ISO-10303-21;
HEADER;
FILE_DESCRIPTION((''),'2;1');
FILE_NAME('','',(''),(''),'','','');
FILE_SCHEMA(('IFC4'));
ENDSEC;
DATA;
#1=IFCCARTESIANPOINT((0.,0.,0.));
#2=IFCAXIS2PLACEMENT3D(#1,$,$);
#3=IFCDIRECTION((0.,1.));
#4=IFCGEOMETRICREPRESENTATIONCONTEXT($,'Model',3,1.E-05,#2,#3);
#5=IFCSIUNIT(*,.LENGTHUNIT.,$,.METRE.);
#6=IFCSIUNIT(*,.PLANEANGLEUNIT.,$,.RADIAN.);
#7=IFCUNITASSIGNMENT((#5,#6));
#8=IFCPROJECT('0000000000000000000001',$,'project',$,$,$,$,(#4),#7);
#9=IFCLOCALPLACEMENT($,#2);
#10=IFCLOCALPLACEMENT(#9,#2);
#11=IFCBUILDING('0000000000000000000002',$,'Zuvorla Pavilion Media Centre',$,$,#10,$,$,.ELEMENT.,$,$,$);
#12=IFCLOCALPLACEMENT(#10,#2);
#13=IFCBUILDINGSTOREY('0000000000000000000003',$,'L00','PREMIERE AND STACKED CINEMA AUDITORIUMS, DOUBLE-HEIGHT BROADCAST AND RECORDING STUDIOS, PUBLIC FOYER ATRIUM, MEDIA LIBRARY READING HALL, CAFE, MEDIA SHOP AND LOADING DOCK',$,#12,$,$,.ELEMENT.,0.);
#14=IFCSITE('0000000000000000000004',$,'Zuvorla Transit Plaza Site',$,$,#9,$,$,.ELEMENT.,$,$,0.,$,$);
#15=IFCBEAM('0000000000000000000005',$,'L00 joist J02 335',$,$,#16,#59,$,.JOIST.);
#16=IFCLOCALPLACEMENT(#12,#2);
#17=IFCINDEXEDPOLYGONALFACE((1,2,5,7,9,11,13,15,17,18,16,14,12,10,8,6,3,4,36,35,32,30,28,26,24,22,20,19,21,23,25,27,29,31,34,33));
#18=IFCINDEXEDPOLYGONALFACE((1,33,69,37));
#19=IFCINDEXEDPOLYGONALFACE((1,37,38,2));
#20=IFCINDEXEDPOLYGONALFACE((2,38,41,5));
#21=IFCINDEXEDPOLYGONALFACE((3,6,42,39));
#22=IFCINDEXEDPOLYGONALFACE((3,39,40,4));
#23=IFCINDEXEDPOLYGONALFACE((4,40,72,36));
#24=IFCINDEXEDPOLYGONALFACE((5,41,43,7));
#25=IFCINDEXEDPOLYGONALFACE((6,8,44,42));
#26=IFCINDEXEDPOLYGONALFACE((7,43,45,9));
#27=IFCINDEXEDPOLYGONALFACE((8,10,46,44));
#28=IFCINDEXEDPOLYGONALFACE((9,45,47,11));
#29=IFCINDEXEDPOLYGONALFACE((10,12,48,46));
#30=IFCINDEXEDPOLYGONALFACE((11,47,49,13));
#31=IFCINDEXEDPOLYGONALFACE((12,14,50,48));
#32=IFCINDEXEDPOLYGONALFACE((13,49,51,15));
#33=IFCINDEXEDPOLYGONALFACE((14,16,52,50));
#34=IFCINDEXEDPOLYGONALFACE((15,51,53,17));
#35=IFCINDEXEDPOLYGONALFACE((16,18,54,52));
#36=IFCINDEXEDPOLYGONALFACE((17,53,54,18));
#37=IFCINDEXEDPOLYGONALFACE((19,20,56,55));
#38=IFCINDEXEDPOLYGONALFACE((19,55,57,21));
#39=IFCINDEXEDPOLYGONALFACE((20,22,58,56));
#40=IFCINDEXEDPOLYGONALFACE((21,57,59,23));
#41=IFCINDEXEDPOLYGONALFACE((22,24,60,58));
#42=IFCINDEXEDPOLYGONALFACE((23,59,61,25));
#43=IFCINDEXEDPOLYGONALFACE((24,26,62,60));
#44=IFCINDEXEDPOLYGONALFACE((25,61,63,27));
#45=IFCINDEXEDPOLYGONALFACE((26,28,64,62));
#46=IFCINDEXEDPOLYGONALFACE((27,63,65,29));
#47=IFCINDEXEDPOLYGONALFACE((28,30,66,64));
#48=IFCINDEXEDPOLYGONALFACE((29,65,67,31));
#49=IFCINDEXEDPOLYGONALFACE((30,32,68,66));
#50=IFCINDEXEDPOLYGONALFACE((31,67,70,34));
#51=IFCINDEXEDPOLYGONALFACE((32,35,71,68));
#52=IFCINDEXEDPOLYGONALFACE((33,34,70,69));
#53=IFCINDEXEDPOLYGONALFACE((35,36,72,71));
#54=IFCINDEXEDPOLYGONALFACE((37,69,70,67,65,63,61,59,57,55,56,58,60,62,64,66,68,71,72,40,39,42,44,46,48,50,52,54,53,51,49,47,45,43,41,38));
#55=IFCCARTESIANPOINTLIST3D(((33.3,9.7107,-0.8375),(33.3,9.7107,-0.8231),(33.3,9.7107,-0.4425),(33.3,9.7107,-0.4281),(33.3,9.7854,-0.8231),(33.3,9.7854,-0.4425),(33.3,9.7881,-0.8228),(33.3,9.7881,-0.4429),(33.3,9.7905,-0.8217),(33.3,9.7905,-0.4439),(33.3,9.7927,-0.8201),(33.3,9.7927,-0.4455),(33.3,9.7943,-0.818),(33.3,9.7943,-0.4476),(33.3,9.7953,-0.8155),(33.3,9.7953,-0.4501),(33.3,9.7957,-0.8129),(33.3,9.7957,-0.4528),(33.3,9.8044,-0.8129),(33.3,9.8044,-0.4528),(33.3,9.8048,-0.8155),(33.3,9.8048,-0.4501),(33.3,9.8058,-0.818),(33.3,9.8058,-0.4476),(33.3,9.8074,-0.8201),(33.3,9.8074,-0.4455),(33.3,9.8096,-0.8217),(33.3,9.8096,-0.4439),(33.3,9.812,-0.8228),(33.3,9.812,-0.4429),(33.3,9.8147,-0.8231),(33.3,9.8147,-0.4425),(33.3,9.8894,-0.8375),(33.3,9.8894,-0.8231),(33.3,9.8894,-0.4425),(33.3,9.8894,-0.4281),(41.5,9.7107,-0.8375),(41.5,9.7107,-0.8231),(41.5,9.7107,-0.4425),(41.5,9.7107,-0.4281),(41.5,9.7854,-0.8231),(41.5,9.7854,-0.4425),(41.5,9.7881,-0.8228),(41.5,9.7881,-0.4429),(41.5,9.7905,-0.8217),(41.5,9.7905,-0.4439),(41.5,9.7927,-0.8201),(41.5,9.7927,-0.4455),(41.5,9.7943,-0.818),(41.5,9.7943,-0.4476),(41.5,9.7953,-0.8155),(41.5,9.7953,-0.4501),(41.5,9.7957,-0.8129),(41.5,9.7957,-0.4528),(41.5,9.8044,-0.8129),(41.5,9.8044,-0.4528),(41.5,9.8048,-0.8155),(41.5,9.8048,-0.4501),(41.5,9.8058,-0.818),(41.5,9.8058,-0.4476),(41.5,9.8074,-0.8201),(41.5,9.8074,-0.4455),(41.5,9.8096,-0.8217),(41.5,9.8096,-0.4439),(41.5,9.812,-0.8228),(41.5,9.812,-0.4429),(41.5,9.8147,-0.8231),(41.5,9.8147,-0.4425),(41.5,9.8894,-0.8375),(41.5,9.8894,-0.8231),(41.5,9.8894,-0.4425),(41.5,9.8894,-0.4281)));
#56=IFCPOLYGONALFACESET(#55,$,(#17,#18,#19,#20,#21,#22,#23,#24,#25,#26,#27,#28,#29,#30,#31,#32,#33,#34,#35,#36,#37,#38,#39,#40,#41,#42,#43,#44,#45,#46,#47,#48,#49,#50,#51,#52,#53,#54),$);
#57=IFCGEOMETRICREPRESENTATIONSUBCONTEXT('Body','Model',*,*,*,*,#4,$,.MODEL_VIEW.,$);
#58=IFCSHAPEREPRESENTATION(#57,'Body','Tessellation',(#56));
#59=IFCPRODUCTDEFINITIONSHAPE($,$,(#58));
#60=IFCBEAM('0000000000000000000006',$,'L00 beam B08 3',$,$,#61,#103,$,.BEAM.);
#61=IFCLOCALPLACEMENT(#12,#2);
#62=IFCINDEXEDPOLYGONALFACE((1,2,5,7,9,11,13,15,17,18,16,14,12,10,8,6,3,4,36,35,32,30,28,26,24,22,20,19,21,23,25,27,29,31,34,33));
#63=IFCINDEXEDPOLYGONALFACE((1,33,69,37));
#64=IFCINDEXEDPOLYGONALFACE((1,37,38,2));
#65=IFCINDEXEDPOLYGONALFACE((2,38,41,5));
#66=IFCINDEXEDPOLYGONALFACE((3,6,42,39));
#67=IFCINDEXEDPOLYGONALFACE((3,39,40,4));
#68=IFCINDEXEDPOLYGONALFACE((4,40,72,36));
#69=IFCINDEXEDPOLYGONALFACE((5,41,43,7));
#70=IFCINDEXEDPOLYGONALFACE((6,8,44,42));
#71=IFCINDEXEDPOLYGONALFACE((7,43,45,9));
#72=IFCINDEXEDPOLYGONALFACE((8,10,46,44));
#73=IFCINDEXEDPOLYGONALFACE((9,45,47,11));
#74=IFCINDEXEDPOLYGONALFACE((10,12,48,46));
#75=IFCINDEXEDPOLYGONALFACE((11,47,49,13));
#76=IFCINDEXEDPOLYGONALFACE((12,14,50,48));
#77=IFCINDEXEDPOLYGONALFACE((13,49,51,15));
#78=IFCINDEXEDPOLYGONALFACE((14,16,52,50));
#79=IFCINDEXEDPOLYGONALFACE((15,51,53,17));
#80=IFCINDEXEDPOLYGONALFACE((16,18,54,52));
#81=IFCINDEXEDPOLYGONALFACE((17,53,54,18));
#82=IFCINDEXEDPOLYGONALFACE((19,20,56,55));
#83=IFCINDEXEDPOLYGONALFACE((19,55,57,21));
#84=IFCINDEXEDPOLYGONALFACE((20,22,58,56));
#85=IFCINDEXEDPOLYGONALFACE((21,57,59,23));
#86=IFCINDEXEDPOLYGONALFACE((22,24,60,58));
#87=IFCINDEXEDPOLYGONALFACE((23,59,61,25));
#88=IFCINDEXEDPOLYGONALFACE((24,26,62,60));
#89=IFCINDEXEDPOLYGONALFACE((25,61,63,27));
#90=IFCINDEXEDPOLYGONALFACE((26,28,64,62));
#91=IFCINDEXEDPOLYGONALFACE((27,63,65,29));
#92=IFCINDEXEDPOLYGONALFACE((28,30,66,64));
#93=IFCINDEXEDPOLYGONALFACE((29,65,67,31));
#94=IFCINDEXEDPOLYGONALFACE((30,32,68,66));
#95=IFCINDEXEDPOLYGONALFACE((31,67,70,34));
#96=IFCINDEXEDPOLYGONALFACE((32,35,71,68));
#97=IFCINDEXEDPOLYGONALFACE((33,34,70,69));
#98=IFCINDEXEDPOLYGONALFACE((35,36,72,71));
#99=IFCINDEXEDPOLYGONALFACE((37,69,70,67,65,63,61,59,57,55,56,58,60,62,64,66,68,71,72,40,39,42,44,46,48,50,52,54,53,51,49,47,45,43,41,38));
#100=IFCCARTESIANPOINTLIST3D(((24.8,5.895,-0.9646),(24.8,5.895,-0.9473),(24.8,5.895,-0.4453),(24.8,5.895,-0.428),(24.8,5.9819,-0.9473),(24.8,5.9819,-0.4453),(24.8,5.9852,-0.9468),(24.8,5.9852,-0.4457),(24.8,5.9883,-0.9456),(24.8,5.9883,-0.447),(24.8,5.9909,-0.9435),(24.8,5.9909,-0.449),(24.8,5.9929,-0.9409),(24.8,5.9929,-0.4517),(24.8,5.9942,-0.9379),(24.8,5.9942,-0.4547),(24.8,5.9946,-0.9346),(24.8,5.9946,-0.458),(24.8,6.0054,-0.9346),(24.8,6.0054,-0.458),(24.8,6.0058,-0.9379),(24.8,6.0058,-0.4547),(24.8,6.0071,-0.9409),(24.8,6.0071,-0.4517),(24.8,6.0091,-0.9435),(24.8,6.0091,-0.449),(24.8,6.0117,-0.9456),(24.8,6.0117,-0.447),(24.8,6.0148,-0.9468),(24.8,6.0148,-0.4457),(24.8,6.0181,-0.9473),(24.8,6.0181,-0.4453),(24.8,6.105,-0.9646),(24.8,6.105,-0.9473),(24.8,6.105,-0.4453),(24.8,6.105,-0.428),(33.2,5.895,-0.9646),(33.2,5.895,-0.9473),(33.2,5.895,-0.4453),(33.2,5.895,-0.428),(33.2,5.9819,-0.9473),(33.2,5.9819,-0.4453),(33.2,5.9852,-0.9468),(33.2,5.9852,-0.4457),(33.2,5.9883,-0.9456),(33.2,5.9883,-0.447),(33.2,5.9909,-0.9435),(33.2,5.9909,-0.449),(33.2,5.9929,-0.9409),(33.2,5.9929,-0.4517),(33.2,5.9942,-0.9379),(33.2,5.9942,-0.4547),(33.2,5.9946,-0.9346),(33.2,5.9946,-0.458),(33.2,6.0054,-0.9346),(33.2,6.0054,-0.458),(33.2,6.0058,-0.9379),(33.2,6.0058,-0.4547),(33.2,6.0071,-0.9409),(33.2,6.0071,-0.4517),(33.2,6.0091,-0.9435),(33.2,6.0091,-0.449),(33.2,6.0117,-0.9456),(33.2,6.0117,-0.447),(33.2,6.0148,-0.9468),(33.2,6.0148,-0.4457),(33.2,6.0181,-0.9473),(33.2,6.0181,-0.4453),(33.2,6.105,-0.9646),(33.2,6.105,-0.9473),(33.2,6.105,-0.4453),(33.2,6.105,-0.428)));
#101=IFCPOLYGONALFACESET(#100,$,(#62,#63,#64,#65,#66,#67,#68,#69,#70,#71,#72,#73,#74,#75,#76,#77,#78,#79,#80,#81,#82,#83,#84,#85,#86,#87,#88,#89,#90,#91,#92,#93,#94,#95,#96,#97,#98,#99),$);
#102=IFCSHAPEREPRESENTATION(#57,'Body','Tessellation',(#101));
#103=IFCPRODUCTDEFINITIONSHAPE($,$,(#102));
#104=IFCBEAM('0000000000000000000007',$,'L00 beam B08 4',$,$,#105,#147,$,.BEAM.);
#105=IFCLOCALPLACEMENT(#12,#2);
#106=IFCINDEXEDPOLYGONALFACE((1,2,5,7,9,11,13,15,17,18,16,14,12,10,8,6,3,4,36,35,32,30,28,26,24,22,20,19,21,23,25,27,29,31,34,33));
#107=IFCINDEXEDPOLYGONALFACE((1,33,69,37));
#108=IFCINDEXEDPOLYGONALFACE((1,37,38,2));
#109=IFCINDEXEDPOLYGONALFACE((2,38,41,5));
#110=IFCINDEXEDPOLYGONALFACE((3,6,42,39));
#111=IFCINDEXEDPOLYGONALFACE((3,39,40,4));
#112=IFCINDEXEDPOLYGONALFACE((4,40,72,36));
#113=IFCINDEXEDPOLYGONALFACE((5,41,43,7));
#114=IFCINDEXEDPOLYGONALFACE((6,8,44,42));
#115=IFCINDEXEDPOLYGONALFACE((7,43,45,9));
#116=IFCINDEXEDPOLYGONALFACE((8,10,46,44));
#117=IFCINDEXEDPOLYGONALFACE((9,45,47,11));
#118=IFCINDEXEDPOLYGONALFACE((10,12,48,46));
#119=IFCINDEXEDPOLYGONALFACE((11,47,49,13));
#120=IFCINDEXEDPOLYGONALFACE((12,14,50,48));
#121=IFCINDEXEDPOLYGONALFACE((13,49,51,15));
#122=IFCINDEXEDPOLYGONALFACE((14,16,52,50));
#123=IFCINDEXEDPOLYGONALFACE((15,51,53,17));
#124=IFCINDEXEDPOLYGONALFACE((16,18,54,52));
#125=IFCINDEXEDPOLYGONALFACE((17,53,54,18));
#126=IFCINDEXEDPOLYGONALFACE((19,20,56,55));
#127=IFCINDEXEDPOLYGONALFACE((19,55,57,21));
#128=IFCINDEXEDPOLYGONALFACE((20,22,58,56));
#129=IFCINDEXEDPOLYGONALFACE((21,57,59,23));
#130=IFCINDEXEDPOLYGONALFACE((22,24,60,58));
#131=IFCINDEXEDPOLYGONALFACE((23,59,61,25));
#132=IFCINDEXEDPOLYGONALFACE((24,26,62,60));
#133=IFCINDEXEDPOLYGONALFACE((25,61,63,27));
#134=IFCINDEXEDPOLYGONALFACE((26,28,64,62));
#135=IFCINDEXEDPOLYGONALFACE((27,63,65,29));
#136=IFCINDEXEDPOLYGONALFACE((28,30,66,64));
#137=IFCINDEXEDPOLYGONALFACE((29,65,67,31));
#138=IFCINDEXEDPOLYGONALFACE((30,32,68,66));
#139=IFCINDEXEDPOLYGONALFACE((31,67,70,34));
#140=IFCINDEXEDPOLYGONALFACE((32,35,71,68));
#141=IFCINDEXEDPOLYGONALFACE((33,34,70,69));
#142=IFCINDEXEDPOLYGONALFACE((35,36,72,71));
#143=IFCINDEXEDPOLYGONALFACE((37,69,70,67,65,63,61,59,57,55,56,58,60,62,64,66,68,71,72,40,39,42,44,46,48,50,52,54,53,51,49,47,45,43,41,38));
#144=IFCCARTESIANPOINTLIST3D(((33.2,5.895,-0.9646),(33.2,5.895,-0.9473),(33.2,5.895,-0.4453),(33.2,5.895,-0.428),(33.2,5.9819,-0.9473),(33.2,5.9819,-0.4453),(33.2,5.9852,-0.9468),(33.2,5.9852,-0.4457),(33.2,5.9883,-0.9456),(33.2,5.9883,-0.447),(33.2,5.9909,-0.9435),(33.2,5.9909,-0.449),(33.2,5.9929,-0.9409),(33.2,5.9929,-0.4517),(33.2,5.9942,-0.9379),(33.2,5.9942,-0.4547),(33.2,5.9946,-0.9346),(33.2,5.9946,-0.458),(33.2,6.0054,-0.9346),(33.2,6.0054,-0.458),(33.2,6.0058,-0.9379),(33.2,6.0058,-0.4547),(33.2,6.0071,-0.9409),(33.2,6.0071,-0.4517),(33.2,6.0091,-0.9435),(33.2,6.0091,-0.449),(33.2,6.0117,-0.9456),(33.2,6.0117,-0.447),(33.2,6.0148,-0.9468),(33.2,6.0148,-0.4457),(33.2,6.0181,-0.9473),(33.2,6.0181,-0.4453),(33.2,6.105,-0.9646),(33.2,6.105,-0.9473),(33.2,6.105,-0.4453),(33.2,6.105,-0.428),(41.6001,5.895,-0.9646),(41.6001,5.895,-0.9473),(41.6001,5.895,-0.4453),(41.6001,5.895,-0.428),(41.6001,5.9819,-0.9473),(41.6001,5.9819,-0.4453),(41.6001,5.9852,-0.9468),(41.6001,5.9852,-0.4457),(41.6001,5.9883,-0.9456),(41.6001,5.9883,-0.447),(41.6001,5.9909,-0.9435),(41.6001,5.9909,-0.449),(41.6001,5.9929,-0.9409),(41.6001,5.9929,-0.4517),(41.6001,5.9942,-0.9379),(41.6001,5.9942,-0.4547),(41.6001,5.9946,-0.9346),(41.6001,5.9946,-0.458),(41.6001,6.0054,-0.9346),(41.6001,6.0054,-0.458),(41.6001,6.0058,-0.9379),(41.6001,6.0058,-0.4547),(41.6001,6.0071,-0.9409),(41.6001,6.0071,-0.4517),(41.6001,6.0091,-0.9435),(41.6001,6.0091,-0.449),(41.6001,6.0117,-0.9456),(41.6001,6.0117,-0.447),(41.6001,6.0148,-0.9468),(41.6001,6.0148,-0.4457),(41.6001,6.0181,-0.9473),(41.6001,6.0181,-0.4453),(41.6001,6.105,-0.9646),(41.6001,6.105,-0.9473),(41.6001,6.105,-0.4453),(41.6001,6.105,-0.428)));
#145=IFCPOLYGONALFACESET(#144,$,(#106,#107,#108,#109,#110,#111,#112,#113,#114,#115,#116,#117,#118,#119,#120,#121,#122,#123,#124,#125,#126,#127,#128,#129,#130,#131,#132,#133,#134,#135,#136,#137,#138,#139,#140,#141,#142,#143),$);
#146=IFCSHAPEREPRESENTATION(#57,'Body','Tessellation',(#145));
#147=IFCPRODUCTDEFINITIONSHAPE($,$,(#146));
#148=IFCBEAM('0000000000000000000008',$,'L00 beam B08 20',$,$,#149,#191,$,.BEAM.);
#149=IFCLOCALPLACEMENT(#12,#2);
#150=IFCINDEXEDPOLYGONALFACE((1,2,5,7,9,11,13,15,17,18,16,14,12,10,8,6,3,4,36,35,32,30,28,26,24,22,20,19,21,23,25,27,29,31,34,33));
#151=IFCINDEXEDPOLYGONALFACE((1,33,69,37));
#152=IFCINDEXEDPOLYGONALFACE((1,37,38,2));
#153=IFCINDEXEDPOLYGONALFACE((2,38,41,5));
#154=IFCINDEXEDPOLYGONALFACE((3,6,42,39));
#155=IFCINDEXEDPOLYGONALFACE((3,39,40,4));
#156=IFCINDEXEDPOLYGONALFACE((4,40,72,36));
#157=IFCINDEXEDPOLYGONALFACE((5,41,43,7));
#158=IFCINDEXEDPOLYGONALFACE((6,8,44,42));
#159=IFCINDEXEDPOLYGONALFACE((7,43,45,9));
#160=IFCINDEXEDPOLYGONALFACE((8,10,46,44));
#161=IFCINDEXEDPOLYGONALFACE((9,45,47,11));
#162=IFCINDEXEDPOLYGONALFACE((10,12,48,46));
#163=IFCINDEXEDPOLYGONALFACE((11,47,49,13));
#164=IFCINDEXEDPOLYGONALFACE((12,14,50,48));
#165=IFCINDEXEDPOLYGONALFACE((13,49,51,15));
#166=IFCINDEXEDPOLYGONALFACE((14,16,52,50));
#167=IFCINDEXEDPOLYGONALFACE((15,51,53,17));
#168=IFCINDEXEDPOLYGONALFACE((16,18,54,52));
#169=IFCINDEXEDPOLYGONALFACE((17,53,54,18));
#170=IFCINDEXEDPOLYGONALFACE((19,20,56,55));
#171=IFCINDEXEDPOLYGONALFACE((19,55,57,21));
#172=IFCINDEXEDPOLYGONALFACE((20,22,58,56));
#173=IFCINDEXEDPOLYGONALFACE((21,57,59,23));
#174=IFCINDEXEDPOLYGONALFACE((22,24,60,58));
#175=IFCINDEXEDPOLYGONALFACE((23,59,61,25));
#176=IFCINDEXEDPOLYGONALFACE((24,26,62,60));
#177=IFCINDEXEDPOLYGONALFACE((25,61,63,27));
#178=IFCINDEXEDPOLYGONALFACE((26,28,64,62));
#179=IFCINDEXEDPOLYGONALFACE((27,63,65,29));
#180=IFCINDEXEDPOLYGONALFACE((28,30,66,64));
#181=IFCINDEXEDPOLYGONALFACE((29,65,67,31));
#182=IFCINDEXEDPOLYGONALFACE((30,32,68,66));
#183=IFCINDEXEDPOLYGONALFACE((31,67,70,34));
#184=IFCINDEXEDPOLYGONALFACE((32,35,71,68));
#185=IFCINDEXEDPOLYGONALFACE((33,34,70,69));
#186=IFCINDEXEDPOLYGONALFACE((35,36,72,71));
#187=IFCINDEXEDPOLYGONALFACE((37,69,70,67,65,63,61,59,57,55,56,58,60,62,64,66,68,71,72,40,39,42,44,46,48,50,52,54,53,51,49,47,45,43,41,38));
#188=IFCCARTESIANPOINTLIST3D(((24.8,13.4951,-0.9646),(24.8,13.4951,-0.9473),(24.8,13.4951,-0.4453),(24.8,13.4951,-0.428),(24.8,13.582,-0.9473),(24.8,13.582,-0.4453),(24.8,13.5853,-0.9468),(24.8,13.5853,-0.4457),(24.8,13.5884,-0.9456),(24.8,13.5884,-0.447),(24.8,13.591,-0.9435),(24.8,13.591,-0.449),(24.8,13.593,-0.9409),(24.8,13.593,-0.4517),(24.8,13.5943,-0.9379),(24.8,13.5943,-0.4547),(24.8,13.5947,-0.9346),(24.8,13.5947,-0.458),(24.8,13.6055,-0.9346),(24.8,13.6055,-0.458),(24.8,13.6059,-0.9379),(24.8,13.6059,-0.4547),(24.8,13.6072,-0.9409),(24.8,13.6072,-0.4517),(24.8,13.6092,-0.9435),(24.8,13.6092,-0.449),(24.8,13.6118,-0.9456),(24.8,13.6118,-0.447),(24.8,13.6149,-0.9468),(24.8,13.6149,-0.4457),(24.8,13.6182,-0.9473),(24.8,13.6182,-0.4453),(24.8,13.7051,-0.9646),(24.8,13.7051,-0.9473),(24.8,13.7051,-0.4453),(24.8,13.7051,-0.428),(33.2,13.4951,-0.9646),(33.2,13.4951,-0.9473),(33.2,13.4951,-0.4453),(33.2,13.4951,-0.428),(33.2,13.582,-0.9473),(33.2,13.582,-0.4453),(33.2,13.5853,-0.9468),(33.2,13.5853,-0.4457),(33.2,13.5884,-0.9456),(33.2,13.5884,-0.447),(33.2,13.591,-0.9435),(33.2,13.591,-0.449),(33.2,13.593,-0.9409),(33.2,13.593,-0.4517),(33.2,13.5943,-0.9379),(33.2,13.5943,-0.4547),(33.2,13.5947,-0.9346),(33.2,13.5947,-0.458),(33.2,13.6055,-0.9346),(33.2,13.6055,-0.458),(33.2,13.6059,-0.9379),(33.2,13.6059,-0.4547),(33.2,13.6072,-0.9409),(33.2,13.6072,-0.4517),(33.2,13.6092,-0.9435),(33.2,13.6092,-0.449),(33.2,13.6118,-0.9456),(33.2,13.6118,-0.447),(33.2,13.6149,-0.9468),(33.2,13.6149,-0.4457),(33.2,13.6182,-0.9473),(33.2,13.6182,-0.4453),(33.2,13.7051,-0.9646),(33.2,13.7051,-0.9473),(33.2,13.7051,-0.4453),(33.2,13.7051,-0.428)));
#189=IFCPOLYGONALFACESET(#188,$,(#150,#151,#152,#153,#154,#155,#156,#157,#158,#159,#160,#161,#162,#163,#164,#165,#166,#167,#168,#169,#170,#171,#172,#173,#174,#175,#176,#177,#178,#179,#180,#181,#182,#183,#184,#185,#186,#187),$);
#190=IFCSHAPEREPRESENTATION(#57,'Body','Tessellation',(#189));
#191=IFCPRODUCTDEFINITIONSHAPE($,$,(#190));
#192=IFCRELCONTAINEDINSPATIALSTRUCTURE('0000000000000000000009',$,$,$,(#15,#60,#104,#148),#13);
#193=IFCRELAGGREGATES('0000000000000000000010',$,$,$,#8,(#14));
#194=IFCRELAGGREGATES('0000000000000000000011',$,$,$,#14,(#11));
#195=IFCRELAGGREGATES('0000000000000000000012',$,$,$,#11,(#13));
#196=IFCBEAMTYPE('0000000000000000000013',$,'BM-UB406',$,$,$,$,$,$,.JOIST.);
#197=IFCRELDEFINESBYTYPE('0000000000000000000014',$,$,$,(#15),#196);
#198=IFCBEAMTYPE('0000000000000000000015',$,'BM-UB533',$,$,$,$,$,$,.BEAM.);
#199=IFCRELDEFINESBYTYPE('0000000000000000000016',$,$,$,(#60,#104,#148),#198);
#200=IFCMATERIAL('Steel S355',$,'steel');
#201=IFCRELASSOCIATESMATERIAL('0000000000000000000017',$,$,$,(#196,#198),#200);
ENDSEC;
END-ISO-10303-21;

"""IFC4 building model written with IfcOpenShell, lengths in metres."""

from ifc_helpers import new_model, si_unit, direction, frame, origin, origin_2d, place, context, subcontext, project, spatial, i_section, extrude, material, material_profile, profile_set, type_object, element, save


model = new_model("IFC4")

# Units and contexts
model_context = context("Model", 3, precision=1e-05, world=origin(), true_north=direction((0.0, 1.0)))
body_context = subcontext(model_context, "Body", "Model", "MODEL_VIEW")
ifc_project = project(units=[si_unit("LENGTHUNIT", "METRE"), si_unit("PLANEANGLEUNIT", "RADIAN")], contexts=[model_context])

# Site, building, storey
site_placement = place(None, origin())
site = spatial("IfcSite", under=ifc_project, at=site_placement, Name="Zuvorla Transit Plaza Site", CompositionType="ELEMENT", RefElevation=0.0)
building_placement = place(site_placement, origin())
building = spatial("IfcBuilding", under=site, at=building_placement, Name="Zuvorla Pavilion Media Centre", CompositionType="ELEMENT")
storey_placement = place(building_placement, origin())
storey = spatial("IfcBuildingStorey", under=building, at=storey_placement, Name="L00", Description="PREMIERE AND STACKED CINEMA AUDITORIUMS, DOUBLE-HEIGHT BROADCAST AND RECORDING STUDIOS, PUBLIC FOYER ATRIUM, MEDIA LIBRARY READING HALL, CAFE, MEDIA SHOP AND LOADING DOCK", CompositionType="ELEMENT", Elevation=0.0)

# Beams
ifc_material_1 = material(Name="Steel S355", Category="steel")
ifc_material_profile_1 = material_profile(ifc_material_1, i_section(OverallWidth=0.1787, OverallDepth=0.4094, WebThickness=0.0088, FlangeThickness=0.0144, FilletRadius=0.0103, at=origin_2d()), Name="UB 406x178x67")
ifc_profile_set_1 = profile_set([ifc_material_profile_1], Name="Steel S355")
beam_type_1 = type_object("IfcBeamType", Name="BM-UB406", PredefinedType="JOIST", material=ifc_profile_set_1)
beam_1_placement = place(storey_placement, frame((33.3, 9.8, -0.6328), z_axis=(1.0, 0.0, 0.0), x_axis=(0.0, 1.0, 0.0)))
element("IfcBeam", 1, at=beam_1_placement, inside=storey, type_object=beam_type_1, Name="L00 joist J02 335", PredefinedType="JOIST", context=body_context, shape_type="SweptSolid", body=[
    extrude(i_section(OverallWidth=0.1787, OverallDepth=0.4094, WebThickness=0.0088, FlangeThickness=0.0144, FilletRadius=0.0103, at=origin_2d()), origin(), (0.0, 0.0, 1.0), 8.2),
])
ifc_material_profile_2 = material_profile(ifc_material_1, i_section(OverallWidth=0.21, OverallDepth=0.5366, WebThickness=0.0107, FlangeThickness=0.0173, FilletRadius=0.0127, at=origin_2d()), Name="UB 533x210x101")
ifc_profile_set_2 = profile_set([ifc_material_profile_2], Name="Steel S355")
beam_type_2 = type_object("IfcBeamType", Name="BM-UB533", PredefinedType="BEAM", material=ifc_profile_set_2)
beam_2_placement = place(storey_placement, frame((24.8, 6.0, -0.6963), z_axis=(1.0, 0.0, 0.0), x_axis=(0.0, 1.0, 0.0)))
element("IfcBeam", 2, at=beam_2_placement, inside=storey, type_object=beam_type_2, Name="L00 beam B08 3", PredefinedType="BEAM", context=body_context, shape_type="SweptSolid", body=[
    extrude(i_section(OverallWidth=0.21, OverallDepth=0.5366, WebThickness=0.0107, FlangeThickness=0.0173, FilletRadius=0.0127, at=origin_2d()), origin(), (0.0, 0.0, 1.0), 8.3999),
])
beam_3_placement = place(storey_placement, frame((33.2, 6.0, -0.6963), z_axis=(1.0, 0.0, 0.0), x_axis=(0.0, 1.0, 0.0)))
element("IfcBeam", 3, at=beam_3_placement, inside=storey, type_object=beam_type_2, Name="L00 beam B08 4", PredefinedType="BEAM", context=body_context, shape_type="SweptSolid", body=[
    extrude(i_section(OverallWidth=0.21, OverallDepth=0.5366, WebThickness=0.0107, FlangeThickness=0.0173, FilletRadius=0.0127, at=origin_2d()), origin(), (0.0, 0.0, 1.0), 8.4001),
])
beam_4_placement = place(storey_placement, frame((24.8, 13.6001, -0.6963), z_axis=(1.0, 0.0, 0.0), x_axis=(0.0, 1.0, 0.0)))
element("IfcBeam", 4, at=beam_4_placement, inside=storey, type_object=beam_type_2, Name="L00 beam B08 20", PredefinedType="BEAM", context=body_context, shape_type="SweptSolid", body=[
    extrude(i_section(OverallWidth=0.21, OverallDepth=0.5366, WebThickness=0.0107, FlangeThickness=0.0173, FilletRadius=0.0127, at=origin_2d()), origin(), (0.0, 0.0, 1.0), 8.3999),
])

save(model, "model.ifc")
